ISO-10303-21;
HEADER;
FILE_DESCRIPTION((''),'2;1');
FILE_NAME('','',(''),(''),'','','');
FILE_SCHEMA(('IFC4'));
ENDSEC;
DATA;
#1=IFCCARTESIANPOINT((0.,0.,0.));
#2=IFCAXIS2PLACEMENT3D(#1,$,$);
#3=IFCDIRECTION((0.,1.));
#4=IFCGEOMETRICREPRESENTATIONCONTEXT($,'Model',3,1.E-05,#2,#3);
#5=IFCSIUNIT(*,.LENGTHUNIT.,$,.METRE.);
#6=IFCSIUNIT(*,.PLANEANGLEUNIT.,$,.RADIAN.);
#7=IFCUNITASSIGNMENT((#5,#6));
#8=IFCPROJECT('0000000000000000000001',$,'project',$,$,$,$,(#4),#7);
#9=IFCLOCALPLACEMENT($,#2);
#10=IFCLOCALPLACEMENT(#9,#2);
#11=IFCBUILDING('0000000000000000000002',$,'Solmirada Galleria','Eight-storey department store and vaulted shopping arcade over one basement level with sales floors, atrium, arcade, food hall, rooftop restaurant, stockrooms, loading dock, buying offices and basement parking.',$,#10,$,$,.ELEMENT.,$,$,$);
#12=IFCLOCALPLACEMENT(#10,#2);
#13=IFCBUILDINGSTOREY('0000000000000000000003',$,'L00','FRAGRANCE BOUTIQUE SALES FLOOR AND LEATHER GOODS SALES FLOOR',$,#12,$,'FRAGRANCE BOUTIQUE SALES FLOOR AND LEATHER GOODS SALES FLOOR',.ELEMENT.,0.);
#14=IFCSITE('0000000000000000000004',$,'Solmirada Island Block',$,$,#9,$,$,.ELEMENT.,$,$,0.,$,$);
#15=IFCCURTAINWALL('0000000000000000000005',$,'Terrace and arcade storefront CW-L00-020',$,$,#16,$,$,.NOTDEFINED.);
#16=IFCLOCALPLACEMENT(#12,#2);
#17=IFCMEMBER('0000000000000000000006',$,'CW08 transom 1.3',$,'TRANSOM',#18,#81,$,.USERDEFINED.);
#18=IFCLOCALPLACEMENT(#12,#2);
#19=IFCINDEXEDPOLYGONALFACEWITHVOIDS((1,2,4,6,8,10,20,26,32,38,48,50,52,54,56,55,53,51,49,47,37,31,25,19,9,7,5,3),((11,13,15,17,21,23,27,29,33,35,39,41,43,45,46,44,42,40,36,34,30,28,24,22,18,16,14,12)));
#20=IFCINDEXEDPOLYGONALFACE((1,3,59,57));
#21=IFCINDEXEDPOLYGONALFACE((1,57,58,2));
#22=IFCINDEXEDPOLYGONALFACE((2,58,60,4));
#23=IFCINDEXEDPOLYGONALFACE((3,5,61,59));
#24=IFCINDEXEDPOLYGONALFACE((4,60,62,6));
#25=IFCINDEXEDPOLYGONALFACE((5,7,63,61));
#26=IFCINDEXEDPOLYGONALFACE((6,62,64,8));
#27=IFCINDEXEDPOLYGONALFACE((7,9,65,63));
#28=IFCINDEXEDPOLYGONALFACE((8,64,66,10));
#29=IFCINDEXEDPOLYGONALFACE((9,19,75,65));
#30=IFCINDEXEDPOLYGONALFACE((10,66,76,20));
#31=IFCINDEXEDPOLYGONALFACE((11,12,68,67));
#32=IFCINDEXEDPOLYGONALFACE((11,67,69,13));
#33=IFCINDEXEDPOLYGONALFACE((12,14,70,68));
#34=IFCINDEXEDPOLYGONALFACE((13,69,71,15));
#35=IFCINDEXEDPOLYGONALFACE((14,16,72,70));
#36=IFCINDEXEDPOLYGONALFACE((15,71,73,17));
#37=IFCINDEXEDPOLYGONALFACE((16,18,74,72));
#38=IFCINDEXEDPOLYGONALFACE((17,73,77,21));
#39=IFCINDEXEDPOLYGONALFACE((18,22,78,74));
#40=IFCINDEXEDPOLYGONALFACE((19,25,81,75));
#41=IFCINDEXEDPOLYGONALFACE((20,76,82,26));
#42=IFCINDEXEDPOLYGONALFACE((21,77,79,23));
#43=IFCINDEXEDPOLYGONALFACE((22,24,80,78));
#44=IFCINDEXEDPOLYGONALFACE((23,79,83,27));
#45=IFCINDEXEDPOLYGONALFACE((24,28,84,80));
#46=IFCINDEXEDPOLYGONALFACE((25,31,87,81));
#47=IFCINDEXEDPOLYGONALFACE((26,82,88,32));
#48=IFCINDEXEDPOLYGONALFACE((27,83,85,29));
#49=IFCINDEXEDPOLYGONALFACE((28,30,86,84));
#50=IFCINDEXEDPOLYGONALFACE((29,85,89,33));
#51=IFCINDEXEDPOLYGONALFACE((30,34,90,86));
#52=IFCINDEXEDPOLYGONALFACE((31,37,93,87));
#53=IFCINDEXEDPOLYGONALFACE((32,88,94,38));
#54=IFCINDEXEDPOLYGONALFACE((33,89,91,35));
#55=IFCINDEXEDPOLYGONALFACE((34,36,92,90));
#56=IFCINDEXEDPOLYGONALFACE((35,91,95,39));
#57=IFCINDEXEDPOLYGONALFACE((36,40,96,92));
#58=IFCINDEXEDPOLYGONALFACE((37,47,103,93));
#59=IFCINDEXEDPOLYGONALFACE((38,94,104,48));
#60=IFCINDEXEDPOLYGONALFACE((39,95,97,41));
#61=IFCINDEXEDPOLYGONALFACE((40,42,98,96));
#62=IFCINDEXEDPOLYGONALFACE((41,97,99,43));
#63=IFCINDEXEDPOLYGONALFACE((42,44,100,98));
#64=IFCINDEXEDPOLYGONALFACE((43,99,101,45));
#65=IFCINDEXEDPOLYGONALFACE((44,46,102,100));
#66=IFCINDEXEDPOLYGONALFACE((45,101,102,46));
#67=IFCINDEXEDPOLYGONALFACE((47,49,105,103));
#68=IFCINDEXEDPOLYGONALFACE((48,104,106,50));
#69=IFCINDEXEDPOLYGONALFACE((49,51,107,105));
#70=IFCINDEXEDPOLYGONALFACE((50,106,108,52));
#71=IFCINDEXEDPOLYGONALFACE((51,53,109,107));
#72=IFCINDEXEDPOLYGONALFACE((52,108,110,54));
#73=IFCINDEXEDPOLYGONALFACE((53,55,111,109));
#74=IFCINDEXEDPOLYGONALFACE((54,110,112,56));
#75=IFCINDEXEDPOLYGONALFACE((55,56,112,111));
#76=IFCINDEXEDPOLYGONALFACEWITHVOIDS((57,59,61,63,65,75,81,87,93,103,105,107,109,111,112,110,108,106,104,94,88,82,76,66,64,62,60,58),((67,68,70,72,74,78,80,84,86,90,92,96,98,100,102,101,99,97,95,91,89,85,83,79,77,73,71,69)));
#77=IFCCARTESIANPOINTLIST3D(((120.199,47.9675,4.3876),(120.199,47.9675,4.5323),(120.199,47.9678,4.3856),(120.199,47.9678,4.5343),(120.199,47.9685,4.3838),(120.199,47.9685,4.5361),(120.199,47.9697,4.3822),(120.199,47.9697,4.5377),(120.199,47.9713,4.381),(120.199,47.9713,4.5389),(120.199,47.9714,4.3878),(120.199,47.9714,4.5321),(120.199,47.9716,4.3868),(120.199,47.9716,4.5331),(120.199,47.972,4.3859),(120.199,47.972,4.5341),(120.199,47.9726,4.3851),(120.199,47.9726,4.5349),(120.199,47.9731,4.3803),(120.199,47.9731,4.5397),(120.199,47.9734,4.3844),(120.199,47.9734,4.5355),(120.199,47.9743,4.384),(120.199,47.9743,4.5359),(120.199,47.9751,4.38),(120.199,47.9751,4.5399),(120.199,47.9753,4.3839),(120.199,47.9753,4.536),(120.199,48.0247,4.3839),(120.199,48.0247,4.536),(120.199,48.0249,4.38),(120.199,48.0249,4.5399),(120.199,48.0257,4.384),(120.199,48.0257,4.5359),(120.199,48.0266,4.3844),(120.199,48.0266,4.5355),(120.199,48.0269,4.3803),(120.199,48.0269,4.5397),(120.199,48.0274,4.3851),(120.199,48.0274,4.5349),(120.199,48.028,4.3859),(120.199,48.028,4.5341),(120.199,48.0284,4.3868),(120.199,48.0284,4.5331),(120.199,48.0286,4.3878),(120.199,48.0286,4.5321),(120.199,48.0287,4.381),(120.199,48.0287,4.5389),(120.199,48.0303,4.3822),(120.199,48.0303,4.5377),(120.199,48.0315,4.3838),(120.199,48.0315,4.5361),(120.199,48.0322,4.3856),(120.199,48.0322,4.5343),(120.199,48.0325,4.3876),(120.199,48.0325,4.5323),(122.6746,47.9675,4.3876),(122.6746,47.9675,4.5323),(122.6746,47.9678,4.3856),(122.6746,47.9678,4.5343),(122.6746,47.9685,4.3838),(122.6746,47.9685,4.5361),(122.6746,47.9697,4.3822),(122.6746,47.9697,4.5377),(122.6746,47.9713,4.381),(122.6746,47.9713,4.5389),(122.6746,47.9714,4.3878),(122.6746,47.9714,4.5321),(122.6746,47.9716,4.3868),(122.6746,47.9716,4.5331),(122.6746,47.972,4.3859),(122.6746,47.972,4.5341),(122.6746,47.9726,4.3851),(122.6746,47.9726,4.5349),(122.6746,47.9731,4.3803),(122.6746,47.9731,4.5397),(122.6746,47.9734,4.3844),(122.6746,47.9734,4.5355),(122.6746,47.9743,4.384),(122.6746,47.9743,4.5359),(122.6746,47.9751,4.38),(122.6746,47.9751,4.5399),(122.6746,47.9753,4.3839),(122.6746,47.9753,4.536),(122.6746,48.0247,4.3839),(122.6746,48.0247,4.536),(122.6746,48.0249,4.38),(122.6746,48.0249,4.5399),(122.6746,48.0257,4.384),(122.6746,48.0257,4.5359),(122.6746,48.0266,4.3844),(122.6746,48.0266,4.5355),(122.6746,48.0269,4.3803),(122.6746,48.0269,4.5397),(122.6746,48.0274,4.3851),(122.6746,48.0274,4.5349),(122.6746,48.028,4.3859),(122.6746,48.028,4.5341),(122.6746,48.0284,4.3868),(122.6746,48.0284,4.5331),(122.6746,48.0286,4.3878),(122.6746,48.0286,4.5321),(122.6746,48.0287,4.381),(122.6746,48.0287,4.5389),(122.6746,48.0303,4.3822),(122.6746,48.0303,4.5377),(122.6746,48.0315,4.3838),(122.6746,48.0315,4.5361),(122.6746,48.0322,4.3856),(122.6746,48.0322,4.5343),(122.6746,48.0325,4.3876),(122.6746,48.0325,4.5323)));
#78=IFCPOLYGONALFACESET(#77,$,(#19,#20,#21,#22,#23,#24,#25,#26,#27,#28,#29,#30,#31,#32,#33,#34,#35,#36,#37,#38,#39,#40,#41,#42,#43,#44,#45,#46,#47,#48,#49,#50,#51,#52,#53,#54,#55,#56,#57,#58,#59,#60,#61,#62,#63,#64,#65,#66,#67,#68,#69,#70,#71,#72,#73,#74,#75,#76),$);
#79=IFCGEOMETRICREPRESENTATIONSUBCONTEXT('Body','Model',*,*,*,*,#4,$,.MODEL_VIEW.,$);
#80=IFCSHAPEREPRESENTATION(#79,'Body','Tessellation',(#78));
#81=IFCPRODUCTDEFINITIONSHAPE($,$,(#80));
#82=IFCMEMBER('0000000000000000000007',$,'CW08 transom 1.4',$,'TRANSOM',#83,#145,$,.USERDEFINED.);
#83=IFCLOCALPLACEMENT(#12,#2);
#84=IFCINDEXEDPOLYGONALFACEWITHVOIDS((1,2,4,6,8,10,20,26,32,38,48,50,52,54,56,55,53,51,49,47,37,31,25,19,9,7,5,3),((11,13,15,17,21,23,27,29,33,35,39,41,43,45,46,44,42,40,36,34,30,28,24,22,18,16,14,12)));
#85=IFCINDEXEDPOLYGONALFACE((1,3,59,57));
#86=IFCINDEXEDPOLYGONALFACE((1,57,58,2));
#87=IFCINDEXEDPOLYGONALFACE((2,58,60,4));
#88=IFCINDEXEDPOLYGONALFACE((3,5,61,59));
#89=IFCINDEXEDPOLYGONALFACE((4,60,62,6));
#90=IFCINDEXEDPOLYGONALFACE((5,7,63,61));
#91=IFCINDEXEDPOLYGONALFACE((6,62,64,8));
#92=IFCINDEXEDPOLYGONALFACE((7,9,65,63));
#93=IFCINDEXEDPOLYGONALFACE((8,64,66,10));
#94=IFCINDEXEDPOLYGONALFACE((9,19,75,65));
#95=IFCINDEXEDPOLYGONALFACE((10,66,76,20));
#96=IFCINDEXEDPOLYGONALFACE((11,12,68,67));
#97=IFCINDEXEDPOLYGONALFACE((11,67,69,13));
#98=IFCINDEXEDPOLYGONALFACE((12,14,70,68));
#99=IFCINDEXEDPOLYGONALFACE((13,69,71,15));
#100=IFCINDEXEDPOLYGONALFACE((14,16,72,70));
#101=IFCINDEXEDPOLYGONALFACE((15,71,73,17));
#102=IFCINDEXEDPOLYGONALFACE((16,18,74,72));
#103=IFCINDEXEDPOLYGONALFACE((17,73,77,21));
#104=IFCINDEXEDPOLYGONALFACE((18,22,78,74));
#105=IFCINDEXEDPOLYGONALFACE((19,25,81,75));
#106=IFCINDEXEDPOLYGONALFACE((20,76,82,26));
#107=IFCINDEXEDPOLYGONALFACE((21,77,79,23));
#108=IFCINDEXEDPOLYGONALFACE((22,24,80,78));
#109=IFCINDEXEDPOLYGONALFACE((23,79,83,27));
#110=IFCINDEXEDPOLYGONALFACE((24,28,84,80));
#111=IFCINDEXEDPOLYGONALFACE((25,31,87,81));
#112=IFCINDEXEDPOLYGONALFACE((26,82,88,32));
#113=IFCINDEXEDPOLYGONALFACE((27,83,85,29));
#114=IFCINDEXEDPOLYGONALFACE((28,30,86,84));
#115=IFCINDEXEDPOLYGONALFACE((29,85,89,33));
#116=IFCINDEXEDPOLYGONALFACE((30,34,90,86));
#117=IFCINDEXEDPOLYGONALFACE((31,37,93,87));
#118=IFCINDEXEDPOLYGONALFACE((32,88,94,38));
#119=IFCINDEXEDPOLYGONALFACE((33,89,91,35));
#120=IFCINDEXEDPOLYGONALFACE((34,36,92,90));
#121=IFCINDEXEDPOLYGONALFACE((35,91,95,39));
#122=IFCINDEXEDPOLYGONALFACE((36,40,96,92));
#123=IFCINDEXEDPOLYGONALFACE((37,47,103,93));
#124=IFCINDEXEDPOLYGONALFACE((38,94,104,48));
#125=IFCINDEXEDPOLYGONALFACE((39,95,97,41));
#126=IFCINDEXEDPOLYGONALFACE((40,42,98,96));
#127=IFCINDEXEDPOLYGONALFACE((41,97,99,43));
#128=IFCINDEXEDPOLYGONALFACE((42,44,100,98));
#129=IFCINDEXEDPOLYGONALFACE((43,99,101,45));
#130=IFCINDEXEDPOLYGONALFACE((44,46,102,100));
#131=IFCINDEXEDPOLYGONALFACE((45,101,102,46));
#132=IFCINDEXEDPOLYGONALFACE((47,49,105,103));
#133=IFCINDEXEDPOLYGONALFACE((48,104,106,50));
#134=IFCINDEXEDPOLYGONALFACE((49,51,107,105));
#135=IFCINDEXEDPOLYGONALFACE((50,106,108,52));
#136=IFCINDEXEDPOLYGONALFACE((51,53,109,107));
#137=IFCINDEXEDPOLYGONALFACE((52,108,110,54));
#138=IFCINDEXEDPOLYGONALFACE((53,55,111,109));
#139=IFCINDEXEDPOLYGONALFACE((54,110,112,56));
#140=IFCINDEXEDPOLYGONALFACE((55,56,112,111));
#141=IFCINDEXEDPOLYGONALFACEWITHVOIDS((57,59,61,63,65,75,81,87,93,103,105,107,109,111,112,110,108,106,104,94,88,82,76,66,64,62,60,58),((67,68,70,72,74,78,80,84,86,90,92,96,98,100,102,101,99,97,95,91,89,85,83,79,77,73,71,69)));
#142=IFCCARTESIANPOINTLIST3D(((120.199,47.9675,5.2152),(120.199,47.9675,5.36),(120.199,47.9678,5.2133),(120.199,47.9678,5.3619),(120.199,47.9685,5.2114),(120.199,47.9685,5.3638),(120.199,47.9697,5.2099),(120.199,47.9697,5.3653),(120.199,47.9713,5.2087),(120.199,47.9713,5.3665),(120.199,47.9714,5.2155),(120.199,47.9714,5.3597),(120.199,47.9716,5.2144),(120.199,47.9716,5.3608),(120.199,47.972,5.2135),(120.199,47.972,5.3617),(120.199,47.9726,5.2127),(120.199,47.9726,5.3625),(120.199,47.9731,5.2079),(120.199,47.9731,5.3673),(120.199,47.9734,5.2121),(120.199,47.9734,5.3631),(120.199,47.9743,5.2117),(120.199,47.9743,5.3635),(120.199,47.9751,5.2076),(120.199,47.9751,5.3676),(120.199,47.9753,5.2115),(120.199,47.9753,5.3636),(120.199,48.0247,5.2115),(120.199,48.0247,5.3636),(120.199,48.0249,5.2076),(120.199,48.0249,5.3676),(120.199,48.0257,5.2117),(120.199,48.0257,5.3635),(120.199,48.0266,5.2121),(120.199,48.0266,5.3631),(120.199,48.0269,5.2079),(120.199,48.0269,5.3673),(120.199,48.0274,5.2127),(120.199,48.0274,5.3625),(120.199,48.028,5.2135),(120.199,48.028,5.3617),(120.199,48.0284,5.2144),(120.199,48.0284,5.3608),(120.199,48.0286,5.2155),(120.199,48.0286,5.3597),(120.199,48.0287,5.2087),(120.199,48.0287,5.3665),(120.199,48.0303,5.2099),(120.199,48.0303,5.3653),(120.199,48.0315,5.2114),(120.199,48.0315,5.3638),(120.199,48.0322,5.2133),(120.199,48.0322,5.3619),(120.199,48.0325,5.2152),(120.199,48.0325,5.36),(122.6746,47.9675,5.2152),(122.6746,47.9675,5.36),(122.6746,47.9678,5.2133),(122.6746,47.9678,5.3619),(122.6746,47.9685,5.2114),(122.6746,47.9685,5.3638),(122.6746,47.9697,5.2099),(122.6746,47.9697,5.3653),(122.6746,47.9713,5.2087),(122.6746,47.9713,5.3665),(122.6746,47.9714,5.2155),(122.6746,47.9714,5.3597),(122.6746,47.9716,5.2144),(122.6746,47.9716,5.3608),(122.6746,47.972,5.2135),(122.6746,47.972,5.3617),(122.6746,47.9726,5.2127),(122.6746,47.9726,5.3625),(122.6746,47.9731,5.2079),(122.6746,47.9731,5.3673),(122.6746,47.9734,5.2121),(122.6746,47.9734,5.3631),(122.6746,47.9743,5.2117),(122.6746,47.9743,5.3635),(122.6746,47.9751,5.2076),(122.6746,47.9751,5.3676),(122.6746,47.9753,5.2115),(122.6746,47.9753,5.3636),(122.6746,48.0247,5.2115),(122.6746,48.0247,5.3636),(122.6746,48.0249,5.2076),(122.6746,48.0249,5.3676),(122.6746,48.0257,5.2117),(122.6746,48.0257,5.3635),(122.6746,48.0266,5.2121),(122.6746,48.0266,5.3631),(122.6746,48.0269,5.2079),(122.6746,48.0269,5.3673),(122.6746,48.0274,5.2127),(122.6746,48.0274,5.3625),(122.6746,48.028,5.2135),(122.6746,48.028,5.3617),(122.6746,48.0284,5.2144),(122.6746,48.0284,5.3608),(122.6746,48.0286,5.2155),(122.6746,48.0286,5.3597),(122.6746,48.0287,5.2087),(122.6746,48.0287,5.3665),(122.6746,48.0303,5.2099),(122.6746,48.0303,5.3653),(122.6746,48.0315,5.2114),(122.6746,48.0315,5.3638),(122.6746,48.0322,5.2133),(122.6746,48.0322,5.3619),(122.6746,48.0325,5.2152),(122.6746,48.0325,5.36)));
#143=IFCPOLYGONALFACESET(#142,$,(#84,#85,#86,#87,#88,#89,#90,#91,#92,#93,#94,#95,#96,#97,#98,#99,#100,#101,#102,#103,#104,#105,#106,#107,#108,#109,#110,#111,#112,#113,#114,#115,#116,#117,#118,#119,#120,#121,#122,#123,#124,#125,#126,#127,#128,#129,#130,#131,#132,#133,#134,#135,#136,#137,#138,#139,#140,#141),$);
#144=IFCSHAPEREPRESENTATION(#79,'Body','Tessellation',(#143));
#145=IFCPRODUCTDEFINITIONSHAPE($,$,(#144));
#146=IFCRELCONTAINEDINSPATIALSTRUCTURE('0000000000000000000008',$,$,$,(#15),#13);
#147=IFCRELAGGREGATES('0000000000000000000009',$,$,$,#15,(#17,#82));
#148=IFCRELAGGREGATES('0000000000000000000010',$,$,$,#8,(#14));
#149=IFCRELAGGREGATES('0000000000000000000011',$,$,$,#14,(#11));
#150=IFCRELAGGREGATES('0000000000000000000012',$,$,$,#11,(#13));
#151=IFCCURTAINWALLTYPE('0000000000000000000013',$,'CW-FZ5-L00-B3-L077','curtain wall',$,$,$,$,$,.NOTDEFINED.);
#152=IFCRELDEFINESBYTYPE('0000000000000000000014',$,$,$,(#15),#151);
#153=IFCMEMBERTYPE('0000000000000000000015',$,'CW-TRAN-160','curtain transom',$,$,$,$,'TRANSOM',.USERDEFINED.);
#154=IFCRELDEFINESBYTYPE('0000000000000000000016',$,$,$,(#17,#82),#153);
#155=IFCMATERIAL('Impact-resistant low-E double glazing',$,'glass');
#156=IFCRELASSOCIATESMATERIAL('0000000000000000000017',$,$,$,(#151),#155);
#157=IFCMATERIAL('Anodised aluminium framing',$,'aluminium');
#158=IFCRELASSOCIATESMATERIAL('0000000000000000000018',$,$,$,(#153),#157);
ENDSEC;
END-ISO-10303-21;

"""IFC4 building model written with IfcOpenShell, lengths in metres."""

from ifc_helpers import new_model, si_unit, direction, frame, origin, origin_2d, place, context, subcontext, project, spatial, hollow_rectangle, extrude, material, material_profile, profile_set, type_object, element, aggregate, save


model = new_model("IFC4")

# Units and contexts
model_context = context("Model", 3, precision=1e-05, world=origin(), true_north=direction((0.0, 1.0)))
body_context = subcontext(model_context, "Body", "Model", "MODEL_VIEW")
ifc_project = project(units=[si_unit("LENGTHUNIT", "METRE"), si_unit("PLANEANGLEUNIT", "RADIAN")], contexts=[model_context])

# Site, building, storey
site_placement = place(None, origin())
site = spatial("IfcSite", under=ifc_project, at=site_placement, Name="Solmirada Island Block", CompositionType="ELEMENT", RefElevation=0.0)
building_placement = place(site_placement, origin())
building = spatial("IfcBuilding", under=site, at=building_placement, Name="Solmirada Galleria", Description="Eight-storey department store and vaulted shopping arcade over one basement level with sales floors, atrium, arcade, food hall, rooftop restaurant, stockrooms, loading dock, buying offices and basement parking.", CompositionType="ELEMENT")
storey_placement = place(building_placement, origin())
storey = spatial("IfcBuildingStorey", under=building, at=storey_placement, Name="L00", Description="FRAGRANCE BOUTIQUE SALES FLOOR AND LEATHER GOODS SALES FLOOR", LongName="FRAGRANCE BOUTIQUE SALES FLOOR AND LEATHER GOODS SALES FLOOR", CompositionType="ELEMENT", Elevation=0.0)

# Shared definitions
ifc_material_1 = material(Name="Impact-resistant low-E double glazing", Category="glass")
ifc_material_2 = material(Name="Anodised aluminium framing", Category="aluminium")
curtain_wall_type_1 = type_object("IfcCurtainWallType", Name="CW-FZ5-L00-B3-L077", Description="curtain wall", PredefinedType="NOTDEFINED", material=ifc_material_1)

# Shared definitions
ifc_material_profile_1 = material_profile(ifc_material_2, hollow_rectangle(XDim=0.0649, YDim=0.1599, WallThickness=0.0039, InnerFilletRadius=0.0039, OuterFilletRadius=0.0076, at=origin_2d()), Name="ALU-TRAN-160X65")
ifc_profile_set_1 = profile_set([ifc_material_profile_1], Name="Anodised aluminium framing")
member_type_1 = type_object("IfcMemberType", Name="CW-TRAN-160", Description="curtain transom", ElementType="TRANSOM", PredefinedType="USERDEFINED", material=ifc_profile_set_1)

# Curtain wall, members
curtain_wall_1_placement = place(storey_placement, origin())
curtain_wall_1 = element("IfcCurtainWall", 1, at=curtain_wall_1_placement, inside=storey, type_object=curtain_wall_type_1, Name="Terrace and arcade storefront CW-L00-020", PredefinedType="NOTDEFINED")
member_1_placement = place(storey_placement, frame((120.199, 48.0, 4.46), z_axis=(1.0, 0.0, 0.0), x_axis=(0.0, 1.0, 0.0)))
member_1 = element("IfcMember", 2, at=member_1_placement, type_object=member_type_1, Name="CW08 transom 1.3", ObjectType="TRANSOM", PredefinedType="USERDEFINED", context=body_context, shape_type="SweptSolid", body=[
    extrude(hollow_rectangle(XDim=0.0649, YDim=0.1599, WallThickness=0.0039, InnerFilletRadius=0.0039, OuterFilletRadius=0.0076, at=origin_2d()), origin(), (0.0, 0.0, 1.0), 2.4756),
])
member_2_placement = place(storey_placement, frame((120.199, 48.0, 5.2876), z_axis=(1.0, 0.0, 0.0), x_axis=(0.0, 1.0, 0.0)))
member_2 = element("IfcMember", 3, at=member_2_placement, type_object=member_type_1, Name="CW08 transom 1.4", ObjectType="TRANSOM", PredefinedType="USERDEFINED", context=body_context, shape_type="SweptSolid", body=[
    extrude(hollow_rectangle(XDim=0.0649, YDim=0.1599, WallThickness=0.0039, InnerFilletRadius=0.0039, OuterFilletRadius=0.0076, at=origin_2d()), origin(), (0.0, 0.0, 1.0), 2.4756),
])

aggregate(curtain_wall_1, [member_1, member_2])

save(model, "model.ifc")
